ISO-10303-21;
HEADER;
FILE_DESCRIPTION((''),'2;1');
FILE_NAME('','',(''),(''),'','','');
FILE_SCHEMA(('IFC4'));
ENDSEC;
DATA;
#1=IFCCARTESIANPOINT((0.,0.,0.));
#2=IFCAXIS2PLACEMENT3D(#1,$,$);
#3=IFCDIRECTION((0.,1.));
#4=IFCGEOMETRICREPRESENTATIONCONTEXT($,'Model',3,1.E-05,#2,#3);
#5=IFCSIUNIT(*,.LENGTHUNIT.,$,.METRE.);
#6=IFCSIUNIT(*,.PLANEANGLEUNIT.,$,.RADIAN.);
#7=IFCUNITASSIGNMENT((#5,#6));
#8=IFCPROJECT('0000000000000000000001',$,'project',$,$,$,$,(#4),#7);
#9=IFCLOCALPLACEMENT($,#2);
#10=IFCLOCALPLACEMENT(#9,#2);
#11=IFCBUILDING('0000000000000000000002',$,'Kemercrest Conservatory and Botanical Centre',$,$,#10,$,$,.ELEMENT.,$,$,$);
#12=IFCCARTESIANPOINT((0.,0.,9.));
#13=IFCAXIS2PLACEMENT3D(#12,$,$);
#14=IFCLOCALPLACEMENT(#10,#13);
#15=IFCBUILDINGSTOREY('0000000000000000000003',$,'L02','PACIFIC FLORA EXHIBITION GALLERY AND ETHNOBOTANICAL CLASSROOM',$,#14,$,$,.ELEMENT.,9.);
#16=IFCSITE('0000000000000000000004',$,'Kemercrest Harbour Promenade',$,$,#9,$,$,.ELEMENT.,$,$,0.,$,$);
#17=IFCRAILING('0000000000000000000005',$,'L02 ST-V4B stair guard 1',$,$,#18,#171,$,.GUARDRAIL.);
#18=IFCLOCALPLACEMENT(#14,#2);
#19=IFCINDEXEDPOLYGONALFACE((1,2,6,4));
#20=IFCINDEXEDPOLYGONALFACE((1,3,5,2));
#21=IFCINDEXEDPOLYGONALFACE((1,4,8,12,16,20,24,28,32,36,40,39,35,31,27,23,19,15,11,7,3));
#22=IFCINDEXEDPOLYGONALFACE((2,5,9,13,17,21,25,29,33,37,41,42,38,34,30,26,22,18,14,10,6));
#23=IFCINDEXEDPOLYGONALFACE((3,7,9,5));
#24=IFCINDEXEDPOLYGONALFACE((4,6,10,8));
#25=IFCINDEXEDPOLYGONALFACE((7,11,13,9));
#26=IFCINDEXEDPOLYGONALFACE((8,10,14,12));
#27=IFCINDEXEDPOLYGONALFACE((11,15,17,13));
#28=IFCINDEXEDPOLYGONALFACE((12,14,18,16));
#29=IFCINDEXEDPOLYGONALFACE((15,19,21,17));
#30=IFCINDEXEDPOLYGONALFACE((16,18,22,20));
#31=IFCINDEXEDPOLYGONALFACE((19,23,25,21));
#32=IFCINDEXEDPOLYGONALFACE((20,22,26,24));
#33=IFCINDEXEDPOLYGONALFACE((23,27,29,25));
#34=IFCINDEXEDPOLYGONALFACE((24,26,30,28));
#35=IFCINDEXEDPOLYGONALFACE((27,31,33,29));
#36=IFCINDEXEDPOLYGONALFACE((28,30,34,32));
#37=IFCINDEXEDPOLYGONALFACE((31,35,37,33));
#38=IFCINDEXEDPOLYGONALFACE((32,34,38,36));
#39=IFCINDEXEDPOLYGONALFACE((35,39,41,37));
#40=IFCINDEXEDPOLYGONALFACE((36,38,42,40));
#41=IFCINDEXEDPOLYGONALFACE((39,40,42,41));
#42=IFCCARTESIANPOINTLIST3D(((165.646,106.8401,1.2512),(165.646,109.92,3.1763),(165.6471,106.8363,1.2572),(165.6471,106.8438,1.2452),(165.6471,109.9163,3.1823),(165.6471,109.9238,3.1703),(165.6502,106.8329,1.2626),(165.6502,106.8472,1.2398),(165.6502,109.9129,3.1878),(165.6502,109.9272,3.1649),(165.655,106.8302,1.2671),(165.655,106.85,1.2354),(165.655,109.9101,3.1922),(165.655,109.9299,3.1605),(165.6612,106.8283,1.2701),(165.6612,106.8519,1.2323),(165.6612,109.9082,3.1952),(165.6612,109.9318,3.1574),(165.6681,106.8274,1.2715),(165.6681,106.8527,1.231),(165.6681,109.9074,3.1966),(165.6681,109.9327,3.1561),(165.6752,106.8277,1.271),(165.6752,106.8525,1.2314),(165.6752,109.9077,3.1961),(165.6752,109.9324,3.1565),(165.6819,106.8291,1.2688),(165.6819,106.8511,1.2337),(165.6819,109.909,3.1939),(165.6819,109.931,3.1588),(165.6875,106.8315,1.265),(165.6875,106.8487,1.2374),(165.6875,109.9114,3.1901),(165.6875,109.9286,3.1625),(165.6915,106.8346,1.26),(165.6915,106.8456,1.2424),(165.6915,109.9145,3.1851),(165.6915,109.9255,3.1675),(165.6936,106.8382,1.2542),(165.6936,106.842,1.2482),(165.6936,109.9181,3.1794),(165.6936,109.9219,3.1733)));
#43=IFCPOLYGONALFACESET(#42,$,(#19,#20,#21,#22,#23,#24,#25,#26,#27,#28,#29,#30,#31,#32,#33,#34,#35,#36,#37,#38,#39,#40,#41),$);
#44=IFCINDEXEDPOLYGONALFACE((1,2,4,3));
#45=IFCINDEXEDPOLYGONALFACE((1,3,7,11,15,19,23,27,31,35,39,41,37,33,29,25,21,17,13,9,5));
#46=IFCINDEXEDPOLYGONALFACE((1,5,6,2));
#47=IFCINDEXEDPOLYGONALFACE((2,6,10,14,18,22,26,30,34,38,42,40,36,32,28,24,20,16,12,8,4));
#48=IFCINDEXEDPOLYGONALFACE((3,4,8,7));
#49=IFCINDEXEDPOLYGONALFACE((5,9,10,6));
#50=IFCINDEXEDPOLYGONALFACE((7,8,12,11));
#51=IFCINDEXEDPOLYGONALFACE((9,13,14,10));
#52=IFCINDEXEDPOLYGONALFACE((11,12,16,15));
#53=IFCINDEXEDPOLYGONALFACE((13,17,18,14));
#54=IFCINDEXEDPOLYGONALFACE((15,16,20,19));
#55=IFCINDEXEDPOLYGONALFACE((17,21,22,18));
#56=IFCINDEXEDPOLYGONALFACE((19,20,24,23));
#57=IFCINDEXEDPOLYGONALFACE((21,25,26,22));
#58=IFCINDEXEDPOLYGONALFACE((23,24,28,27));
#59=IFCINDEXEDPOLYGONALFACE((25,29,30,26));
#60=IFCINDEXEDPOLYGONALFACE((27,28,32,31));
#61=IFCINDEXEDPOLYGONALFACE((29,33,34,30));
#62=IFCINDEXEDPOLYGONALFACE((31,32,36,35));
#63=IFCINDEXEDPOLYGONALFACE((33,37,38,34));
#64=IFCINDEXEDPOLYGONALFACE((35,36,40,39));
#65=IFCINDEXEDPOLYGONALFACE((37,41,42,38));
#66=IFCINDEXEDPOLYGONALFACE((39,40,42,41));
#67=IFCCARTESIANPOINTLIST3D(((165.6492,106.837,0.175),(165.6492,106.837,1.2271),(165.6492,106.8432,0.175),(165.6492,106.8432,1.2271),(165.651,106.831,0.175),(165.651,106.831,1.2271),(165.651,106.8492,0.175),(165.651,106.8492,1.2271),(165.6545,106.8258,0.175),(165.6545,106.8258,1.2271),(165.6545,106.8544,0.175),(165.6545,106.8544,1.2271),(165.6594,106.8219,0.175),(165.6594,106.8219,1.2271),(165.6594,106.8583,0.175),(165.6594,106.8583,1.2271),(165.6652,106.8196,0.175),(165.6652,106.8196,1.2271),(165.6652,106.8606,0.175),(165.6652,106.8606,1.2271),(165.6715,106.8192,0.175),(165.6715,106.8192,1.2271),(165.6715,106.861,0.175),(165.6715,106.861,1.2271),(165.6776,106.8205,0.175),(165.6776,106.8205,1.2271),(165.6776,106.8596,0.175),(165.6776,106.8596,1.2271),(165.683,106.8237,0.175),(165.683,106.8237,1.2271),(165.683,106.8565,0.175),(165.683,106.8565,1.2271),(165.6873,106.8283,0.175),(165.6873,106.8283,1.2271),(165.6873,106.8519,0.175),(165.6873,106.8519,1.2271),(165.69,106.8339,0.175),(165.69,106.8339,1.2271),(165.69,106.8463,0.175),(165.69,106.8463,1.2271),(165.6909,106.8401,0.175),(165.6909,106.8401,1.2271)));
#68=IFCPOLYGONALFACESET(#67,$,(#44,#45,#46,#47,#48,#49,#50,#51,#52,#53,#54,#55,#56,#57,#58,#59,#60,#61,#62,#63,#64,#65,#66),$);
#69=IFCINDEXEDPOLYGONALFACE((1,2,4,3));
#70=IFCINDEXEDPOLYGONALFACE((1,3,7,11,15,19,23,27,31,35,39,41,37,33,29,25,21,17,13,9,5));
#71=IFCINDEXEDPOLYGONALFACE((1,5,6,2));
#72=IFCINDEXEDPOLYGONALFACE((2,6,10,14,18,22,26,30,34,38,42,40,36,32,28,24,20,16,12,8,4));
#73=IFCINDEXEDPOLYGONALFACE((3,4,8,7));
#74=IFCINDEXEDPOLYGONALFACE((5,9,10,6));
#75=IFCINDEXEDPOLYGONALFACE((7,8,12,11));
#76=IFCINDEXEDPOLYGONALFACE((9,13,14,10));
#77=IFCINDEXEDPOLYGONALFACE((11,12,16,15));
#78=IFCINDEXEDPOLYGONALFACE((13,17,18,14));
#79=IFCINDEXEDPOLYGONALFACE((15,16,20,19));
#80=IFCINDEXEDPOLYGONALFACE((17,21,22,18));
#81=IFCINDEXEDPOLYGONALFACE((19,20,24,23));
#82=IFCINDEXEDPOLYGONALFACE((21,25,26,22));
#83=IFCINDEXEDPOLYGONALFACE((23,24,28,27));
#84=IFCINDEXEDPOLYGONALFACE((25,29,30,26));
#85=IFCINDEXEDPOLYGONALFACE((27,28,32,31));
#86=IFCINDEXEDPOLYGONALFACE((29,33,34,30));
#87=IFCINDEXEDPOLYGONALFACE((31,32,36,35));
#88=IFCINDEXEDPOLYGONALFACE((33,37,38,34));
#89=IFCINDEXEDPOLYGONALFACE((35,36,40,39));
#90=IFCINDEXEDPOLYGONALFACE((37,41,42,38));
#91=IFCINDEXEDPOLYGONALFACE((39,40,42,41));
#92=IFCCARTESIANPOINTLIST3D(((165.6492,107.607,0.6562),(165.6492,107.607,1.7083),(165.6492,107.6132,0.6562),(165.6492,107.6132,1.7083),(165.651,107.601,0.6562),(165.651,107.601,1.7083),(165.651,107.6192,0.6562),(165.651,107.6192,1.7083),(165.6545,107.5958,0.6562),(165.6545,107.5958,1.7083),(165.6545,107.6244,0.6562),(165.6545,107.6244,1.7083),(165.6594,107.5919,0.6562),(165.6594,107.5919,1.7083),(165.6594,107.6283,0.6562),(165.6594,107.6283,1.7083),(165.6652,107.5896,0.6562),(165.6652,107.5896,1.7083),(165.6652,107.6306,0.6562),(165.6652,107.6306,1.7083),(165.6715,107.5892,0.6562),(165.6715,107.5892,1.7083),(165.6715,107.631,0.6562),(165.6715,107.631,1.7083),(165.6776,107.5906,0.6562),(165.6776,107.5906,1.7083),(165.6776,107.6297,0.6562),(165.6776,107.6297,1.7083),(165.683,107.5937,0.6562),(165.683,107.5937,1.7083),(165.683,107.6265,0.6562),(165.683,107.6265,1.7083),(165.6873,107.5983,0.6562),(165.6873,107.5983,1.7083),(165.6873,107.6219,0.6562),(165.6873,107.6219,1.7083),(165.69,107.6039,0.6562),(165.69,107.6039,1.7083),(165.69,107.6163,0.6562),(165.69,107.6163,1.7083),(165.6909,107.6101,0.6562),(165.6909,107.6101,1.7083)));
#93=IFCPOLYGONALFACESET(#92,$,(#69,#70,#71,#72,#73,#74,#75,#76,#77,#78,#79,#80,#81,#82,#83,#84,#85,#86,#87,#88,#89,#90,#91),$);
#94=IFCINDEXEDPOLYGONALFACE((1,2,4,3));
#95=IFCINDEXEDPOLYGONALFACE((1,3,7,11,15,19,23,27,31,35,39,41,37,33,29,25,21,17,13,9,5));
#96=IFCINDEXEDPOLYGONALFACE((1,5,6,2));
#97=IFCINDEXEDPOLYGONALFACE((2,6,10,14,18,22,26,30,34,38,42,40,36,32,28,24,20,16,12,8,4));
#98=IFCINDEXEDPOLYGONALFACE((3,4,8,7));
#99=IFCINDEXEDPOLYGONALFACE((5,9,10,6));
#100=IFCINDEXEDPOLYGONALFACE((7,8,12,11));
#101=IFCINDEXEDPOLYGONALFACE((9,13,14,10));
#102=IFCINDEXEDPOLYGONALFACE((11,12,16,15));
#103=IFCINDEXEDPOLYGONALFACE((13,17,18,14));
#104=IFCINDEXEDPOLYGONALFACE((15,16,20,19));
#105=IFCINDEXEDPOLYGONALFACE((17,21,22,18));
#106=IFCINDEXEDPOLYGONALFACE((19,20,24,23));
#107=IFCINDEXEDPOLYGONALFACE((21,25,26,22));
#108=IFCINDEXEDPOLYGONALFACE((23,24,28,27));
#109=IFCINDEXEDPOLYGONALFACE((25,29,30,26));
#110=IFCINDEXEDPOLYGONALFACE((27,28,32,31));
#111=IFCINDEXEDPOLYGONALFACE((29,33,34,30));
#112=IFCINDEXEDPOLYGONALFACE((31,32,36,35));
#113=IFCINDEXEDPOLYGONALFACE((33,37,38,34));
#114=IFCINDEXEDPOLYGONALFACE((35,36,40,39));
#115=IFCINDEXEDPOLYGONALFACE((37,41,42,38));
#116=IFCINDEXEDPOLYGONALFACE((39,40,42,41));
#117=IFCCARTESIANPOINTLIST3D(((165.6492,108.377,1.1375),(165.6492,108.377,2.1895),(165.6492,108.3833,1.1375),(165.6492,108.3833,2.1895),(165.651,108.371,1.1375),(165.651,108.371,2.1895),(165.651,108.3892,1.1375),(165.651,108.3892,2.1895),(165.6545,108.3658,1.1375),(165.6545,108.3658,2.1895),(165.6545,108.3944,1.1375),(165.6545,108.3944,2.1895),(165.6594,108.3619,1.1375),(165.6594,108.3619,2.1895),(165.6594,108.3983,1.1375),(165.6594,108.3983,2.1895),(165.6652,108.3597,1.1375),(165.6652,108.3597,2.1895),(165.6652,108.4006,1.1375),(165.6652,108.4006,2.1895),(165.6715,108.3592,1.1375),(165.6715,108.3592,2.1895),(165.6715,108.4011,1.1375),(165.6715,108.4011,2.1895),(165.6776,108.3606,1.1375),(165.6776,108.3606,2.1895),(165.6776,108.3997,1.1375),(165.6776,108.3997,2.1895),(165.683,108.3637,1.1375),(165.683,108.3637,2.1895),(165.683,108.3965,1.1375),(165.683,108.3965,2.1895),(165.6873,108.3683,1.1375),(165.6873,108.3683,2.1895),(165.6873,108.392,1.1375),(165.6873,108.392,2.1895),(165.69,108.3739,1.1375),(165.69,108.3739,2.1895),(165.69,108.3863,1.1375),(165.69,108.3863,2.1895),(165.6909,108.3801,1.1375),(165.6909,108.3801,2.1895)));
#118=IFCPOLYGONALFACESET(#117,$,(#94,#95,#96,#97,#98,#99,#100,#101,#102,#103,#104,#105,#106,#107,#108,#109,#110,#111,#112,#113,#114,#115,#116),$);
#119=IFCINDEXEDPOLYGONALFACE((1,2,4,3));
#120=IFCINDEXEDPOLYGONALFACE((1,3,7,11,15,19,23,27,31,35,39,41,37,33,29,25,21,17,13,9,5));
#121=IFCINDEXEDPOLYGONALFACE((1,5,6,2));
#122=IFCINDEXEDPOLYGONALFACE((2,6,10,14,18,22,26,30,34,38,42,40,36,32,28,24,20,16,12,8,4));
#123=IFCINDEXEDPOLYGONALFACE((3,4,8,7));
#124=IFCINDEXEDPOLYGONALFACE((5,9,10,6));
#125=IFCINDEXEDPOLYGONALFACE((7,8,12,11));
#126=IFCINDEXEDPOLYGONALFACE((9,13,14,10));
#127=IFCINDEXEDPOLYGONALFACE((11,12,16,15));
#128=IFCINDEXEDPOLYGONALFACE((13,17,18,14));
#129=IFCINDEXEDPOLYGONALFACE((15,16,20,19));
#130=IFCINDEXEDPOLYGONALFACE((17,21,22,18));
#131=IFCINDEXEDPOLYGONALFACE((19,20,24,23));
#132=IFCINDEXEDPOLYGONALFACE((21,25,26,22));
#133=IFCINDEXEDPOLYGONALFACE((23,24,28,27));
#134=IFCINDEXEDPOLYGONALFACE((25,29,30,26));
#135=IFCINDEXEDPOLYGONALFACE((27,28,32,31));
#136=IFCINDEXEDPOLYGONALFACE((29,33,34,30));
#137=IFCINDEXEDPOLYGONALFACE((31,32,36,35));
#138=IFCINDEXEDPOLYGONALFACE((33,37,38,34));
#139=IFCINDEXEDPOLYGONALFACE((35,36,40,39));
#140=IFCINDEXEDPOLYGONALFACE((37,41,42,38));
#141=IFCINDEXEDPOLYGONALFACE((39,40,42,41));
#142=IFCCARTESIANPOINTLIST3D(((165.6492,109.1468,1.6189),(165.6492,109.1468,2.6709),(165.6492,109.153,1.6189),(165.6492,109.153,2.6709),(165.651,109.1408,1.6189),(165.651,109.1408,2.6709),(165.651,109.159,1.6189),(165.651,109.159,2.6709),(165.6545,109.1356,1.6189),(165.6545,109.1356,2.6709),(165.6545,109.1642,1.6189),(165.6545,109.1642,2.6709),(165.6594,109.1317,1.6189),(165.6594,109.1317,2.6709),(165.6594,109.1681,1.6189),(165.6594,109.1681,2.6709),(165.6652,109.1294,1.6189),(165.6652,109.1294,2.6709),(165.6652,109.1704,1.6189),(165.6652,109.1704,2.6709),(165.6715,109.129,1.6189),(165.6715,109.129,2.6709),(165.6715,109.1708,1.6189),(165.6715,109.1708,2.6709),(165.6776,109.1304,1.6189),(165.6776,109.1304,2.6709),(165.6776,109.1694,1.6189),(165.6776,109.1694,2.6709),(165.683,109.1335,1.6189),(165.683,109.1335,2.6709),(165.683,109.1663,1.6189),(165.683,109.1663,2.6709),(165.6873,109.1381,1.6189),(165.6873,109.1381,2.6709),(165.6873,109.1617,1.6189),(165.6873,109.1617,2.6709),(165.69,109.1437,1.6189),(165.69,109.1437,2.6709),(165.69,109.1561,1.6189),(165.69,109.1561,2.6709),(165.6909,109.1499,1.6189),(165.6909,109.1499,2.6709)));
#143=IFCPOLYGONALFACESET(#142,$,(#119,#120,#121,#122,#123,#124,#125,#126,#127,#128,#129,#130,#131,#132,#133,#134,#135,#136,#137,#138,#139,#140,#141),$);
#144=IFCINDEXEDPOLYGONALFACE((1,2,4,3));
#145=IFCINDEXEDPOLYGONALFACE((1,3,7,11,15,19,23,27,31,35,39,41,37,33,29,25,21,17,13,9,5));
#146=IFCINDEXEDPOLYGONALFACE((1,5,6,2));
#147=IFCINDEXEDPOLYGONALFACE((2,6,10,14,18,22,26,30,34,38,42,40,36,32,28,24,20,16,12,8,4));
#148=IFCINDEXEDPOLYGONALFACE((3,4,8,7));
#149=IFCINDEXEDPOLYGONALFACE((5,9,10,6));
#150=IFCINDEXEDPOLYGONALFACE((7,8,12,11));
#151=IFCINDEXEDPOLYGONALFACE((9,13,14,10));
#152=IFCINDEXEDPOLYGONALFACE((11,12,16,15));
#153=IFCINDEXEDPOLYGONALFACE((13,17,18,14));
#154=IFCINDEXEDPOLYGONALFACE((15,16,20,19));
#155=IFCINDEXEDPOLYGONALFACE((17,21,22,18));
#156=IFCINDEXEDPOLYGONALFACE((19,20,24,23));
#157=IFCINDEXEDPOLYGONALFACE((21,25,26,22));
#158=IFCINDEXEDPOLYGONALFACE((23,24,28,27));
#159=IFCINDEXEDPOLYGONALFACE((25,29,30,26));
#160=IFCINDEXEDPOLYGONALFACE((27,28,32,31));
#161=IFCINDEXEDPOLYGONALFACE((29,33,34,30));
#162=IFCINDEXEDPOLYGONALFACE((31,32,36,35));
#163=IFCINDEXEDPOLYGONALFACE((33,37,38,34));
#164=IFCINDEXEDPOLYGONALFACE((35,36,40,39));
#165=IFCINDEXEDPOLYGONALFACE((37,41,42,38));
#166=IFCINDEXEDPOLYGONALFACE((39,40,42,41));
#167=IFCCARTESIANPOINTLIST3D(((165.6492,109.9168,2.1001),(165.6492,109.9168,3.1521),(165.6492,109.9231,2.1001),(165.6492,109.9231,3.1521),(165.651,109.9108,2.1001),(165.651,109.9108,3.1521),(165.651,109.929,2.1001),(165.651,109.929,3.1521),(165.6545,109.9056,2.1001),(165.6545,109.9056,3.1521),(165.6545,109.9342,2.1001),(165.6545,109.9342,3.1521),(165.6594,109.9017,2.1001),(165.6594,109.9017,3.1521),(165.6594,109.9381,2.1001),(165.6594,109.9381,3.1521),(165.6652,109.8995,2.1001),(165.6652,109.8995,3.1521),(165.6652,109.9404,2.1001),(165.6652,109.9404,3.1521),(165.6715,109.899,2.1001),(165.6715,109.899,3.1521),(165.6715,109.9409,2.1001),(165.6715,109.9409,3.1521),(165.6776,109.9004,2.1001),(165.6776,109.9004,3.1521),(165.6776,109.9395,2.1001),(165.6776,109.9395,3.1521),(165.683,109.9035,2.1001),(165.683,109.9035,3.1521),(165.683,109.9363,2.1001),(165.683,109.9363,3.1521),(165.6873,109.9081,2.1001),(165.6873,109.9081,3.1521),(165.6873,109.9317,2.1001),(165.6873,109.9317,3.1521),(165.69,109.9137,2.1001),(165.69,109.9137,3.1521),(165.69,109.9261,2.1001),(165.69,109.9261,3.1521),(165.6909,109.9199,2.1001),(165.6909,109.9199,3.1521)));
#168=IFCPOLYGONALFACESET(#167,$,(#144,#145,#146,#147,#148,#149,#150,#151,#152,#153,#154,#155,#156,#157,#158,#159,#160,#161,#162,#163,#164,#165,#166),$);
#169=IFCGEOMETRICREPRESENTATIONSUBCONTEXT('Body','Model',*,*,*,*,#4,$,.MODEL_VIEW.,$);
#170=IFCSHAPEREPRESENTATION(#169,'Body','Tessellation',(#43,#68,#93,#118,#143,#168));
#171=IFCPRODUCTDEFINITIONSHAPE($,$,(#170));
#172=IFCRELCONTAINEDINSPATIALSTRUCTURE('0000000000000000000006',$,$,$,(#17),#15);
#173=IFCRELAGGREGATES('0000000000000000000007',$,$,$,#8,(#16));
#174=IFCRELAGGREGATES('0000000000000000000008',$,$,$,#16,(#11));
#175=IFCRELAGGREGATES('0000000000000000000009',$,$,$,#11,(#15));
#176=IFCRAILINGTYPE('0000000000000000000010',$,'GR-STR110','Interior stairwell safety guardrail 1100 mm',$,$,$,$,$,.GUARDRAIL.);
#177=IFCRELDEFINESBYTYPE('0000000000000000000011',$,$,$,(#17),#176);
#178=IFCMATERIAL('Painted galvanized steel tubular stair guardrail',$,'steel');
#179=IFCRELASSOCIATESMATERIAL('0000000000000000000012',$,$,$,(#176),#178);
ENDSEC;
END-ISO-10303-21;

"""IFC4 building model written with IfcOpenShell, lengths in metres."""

from ifc_helpers import new_model, si_unit, direction, frame, origin, origin_2d, place, context, subcontext, project, spatial, circle, extrude, material, type_object, element, save


model = new_model("IFC4")

# Units and contexts
model_context = context("Model", 3, precision=1e-05, world=origin(), true_north=direction((0.0, 1.0)))
body_context = subcontext(model_context, "Body", "Model", "MODEL_VIEW")
ifc_project = project(units=[si_unit("LENGTHUNIT", "METRE"), si_unit("PLANEANGLEUNIT", "RADIAN")], contexts=[model_context])

# Site, building, storey
site_placement = place(None, origin())
site = spatial("IfcSite", under=ifc_project, at=site_placement, Name="Kemercrest Harbour Promenade", CompositionType="ELEMENT", RefElevation=0.0)
building_placement = place(site_placement, origin())
building = spatial("IfcBuilding", under=site, at=building_placement, Name="Kemercrest Conservatory and Botanical Centre", CompositionType="ELEMENT")
storey_placement = place(building_placement, frame((0.0, 0.0, 9.0)))
storey = spatial("IfcBuildingStorey", under=building, at=storey_placement, Name="L02", Description="PACIFIC FLORA EXHIBITION GALLERY AND ETHNOBOTANICAL CLASSROOM", CompositionType="ELEMENT", Elevation=9.0)

# Railing
ifc_material_1 = material(Name="Painted galvanized steel tubular stair guardrail", Category="steel")
railing_type_1 = type_object("IfcRailingType", Name="GR-STR110", Description="Interior stairwell safety guardrail 1100 mm", PredefinedType="GUARDRAIL", material=ifc_material_1)
railing_1_placement = place(storey_placement, frame((165.6699, 106.8401, 0.175)))
element("IfcRailing", 1, at=railing_1_placement, inside=storey, type_object=railing_type_1, Name="L02 ST-V4B stair guard 1", PredefinedType="GUARDRAIL", context=body_context, shape_type="SweptSolid", body=[
    extrude(circle(Radius=0.0239, at=origin_2d()), frame((0.0, 0.0, 1.0762), z_axis=(0.0, 0.847979, 0.530029), x_axis=(-1.0, 0.0, 0.0)), (0.0, 0.0, 1.0), 3.6321),
    extrude(circle(Radius=0.021, at=origin_2d()), origin(), (0.0, 0.0, 1.0), 1.052),
    extrude(circle(Radius=0.021, at=origin_2d()), frame((0.0, 0.77, 0.4812)), (0.0, 0.0, 1.0), 1.052),
    extrude(circle(Radius=0.021, at=origin_2d()), frame((0.0, 1.54, 0.9624)), (0.0, 0.0, 1.0), 1.052),
    extrude(circle(Radius=0.021, at=origin_2d()), frame((0.0, 2.3098, 1.4438)), (0.0, 0.0, 1.0), 1.052),
    extrude(circle(Radius=0.021, at=origin_2d()), frame((0.0, 3.0798, 1.925)), (0.0, 0.0, 1.0), 1.052),
])

save(model, "model.ifc")
